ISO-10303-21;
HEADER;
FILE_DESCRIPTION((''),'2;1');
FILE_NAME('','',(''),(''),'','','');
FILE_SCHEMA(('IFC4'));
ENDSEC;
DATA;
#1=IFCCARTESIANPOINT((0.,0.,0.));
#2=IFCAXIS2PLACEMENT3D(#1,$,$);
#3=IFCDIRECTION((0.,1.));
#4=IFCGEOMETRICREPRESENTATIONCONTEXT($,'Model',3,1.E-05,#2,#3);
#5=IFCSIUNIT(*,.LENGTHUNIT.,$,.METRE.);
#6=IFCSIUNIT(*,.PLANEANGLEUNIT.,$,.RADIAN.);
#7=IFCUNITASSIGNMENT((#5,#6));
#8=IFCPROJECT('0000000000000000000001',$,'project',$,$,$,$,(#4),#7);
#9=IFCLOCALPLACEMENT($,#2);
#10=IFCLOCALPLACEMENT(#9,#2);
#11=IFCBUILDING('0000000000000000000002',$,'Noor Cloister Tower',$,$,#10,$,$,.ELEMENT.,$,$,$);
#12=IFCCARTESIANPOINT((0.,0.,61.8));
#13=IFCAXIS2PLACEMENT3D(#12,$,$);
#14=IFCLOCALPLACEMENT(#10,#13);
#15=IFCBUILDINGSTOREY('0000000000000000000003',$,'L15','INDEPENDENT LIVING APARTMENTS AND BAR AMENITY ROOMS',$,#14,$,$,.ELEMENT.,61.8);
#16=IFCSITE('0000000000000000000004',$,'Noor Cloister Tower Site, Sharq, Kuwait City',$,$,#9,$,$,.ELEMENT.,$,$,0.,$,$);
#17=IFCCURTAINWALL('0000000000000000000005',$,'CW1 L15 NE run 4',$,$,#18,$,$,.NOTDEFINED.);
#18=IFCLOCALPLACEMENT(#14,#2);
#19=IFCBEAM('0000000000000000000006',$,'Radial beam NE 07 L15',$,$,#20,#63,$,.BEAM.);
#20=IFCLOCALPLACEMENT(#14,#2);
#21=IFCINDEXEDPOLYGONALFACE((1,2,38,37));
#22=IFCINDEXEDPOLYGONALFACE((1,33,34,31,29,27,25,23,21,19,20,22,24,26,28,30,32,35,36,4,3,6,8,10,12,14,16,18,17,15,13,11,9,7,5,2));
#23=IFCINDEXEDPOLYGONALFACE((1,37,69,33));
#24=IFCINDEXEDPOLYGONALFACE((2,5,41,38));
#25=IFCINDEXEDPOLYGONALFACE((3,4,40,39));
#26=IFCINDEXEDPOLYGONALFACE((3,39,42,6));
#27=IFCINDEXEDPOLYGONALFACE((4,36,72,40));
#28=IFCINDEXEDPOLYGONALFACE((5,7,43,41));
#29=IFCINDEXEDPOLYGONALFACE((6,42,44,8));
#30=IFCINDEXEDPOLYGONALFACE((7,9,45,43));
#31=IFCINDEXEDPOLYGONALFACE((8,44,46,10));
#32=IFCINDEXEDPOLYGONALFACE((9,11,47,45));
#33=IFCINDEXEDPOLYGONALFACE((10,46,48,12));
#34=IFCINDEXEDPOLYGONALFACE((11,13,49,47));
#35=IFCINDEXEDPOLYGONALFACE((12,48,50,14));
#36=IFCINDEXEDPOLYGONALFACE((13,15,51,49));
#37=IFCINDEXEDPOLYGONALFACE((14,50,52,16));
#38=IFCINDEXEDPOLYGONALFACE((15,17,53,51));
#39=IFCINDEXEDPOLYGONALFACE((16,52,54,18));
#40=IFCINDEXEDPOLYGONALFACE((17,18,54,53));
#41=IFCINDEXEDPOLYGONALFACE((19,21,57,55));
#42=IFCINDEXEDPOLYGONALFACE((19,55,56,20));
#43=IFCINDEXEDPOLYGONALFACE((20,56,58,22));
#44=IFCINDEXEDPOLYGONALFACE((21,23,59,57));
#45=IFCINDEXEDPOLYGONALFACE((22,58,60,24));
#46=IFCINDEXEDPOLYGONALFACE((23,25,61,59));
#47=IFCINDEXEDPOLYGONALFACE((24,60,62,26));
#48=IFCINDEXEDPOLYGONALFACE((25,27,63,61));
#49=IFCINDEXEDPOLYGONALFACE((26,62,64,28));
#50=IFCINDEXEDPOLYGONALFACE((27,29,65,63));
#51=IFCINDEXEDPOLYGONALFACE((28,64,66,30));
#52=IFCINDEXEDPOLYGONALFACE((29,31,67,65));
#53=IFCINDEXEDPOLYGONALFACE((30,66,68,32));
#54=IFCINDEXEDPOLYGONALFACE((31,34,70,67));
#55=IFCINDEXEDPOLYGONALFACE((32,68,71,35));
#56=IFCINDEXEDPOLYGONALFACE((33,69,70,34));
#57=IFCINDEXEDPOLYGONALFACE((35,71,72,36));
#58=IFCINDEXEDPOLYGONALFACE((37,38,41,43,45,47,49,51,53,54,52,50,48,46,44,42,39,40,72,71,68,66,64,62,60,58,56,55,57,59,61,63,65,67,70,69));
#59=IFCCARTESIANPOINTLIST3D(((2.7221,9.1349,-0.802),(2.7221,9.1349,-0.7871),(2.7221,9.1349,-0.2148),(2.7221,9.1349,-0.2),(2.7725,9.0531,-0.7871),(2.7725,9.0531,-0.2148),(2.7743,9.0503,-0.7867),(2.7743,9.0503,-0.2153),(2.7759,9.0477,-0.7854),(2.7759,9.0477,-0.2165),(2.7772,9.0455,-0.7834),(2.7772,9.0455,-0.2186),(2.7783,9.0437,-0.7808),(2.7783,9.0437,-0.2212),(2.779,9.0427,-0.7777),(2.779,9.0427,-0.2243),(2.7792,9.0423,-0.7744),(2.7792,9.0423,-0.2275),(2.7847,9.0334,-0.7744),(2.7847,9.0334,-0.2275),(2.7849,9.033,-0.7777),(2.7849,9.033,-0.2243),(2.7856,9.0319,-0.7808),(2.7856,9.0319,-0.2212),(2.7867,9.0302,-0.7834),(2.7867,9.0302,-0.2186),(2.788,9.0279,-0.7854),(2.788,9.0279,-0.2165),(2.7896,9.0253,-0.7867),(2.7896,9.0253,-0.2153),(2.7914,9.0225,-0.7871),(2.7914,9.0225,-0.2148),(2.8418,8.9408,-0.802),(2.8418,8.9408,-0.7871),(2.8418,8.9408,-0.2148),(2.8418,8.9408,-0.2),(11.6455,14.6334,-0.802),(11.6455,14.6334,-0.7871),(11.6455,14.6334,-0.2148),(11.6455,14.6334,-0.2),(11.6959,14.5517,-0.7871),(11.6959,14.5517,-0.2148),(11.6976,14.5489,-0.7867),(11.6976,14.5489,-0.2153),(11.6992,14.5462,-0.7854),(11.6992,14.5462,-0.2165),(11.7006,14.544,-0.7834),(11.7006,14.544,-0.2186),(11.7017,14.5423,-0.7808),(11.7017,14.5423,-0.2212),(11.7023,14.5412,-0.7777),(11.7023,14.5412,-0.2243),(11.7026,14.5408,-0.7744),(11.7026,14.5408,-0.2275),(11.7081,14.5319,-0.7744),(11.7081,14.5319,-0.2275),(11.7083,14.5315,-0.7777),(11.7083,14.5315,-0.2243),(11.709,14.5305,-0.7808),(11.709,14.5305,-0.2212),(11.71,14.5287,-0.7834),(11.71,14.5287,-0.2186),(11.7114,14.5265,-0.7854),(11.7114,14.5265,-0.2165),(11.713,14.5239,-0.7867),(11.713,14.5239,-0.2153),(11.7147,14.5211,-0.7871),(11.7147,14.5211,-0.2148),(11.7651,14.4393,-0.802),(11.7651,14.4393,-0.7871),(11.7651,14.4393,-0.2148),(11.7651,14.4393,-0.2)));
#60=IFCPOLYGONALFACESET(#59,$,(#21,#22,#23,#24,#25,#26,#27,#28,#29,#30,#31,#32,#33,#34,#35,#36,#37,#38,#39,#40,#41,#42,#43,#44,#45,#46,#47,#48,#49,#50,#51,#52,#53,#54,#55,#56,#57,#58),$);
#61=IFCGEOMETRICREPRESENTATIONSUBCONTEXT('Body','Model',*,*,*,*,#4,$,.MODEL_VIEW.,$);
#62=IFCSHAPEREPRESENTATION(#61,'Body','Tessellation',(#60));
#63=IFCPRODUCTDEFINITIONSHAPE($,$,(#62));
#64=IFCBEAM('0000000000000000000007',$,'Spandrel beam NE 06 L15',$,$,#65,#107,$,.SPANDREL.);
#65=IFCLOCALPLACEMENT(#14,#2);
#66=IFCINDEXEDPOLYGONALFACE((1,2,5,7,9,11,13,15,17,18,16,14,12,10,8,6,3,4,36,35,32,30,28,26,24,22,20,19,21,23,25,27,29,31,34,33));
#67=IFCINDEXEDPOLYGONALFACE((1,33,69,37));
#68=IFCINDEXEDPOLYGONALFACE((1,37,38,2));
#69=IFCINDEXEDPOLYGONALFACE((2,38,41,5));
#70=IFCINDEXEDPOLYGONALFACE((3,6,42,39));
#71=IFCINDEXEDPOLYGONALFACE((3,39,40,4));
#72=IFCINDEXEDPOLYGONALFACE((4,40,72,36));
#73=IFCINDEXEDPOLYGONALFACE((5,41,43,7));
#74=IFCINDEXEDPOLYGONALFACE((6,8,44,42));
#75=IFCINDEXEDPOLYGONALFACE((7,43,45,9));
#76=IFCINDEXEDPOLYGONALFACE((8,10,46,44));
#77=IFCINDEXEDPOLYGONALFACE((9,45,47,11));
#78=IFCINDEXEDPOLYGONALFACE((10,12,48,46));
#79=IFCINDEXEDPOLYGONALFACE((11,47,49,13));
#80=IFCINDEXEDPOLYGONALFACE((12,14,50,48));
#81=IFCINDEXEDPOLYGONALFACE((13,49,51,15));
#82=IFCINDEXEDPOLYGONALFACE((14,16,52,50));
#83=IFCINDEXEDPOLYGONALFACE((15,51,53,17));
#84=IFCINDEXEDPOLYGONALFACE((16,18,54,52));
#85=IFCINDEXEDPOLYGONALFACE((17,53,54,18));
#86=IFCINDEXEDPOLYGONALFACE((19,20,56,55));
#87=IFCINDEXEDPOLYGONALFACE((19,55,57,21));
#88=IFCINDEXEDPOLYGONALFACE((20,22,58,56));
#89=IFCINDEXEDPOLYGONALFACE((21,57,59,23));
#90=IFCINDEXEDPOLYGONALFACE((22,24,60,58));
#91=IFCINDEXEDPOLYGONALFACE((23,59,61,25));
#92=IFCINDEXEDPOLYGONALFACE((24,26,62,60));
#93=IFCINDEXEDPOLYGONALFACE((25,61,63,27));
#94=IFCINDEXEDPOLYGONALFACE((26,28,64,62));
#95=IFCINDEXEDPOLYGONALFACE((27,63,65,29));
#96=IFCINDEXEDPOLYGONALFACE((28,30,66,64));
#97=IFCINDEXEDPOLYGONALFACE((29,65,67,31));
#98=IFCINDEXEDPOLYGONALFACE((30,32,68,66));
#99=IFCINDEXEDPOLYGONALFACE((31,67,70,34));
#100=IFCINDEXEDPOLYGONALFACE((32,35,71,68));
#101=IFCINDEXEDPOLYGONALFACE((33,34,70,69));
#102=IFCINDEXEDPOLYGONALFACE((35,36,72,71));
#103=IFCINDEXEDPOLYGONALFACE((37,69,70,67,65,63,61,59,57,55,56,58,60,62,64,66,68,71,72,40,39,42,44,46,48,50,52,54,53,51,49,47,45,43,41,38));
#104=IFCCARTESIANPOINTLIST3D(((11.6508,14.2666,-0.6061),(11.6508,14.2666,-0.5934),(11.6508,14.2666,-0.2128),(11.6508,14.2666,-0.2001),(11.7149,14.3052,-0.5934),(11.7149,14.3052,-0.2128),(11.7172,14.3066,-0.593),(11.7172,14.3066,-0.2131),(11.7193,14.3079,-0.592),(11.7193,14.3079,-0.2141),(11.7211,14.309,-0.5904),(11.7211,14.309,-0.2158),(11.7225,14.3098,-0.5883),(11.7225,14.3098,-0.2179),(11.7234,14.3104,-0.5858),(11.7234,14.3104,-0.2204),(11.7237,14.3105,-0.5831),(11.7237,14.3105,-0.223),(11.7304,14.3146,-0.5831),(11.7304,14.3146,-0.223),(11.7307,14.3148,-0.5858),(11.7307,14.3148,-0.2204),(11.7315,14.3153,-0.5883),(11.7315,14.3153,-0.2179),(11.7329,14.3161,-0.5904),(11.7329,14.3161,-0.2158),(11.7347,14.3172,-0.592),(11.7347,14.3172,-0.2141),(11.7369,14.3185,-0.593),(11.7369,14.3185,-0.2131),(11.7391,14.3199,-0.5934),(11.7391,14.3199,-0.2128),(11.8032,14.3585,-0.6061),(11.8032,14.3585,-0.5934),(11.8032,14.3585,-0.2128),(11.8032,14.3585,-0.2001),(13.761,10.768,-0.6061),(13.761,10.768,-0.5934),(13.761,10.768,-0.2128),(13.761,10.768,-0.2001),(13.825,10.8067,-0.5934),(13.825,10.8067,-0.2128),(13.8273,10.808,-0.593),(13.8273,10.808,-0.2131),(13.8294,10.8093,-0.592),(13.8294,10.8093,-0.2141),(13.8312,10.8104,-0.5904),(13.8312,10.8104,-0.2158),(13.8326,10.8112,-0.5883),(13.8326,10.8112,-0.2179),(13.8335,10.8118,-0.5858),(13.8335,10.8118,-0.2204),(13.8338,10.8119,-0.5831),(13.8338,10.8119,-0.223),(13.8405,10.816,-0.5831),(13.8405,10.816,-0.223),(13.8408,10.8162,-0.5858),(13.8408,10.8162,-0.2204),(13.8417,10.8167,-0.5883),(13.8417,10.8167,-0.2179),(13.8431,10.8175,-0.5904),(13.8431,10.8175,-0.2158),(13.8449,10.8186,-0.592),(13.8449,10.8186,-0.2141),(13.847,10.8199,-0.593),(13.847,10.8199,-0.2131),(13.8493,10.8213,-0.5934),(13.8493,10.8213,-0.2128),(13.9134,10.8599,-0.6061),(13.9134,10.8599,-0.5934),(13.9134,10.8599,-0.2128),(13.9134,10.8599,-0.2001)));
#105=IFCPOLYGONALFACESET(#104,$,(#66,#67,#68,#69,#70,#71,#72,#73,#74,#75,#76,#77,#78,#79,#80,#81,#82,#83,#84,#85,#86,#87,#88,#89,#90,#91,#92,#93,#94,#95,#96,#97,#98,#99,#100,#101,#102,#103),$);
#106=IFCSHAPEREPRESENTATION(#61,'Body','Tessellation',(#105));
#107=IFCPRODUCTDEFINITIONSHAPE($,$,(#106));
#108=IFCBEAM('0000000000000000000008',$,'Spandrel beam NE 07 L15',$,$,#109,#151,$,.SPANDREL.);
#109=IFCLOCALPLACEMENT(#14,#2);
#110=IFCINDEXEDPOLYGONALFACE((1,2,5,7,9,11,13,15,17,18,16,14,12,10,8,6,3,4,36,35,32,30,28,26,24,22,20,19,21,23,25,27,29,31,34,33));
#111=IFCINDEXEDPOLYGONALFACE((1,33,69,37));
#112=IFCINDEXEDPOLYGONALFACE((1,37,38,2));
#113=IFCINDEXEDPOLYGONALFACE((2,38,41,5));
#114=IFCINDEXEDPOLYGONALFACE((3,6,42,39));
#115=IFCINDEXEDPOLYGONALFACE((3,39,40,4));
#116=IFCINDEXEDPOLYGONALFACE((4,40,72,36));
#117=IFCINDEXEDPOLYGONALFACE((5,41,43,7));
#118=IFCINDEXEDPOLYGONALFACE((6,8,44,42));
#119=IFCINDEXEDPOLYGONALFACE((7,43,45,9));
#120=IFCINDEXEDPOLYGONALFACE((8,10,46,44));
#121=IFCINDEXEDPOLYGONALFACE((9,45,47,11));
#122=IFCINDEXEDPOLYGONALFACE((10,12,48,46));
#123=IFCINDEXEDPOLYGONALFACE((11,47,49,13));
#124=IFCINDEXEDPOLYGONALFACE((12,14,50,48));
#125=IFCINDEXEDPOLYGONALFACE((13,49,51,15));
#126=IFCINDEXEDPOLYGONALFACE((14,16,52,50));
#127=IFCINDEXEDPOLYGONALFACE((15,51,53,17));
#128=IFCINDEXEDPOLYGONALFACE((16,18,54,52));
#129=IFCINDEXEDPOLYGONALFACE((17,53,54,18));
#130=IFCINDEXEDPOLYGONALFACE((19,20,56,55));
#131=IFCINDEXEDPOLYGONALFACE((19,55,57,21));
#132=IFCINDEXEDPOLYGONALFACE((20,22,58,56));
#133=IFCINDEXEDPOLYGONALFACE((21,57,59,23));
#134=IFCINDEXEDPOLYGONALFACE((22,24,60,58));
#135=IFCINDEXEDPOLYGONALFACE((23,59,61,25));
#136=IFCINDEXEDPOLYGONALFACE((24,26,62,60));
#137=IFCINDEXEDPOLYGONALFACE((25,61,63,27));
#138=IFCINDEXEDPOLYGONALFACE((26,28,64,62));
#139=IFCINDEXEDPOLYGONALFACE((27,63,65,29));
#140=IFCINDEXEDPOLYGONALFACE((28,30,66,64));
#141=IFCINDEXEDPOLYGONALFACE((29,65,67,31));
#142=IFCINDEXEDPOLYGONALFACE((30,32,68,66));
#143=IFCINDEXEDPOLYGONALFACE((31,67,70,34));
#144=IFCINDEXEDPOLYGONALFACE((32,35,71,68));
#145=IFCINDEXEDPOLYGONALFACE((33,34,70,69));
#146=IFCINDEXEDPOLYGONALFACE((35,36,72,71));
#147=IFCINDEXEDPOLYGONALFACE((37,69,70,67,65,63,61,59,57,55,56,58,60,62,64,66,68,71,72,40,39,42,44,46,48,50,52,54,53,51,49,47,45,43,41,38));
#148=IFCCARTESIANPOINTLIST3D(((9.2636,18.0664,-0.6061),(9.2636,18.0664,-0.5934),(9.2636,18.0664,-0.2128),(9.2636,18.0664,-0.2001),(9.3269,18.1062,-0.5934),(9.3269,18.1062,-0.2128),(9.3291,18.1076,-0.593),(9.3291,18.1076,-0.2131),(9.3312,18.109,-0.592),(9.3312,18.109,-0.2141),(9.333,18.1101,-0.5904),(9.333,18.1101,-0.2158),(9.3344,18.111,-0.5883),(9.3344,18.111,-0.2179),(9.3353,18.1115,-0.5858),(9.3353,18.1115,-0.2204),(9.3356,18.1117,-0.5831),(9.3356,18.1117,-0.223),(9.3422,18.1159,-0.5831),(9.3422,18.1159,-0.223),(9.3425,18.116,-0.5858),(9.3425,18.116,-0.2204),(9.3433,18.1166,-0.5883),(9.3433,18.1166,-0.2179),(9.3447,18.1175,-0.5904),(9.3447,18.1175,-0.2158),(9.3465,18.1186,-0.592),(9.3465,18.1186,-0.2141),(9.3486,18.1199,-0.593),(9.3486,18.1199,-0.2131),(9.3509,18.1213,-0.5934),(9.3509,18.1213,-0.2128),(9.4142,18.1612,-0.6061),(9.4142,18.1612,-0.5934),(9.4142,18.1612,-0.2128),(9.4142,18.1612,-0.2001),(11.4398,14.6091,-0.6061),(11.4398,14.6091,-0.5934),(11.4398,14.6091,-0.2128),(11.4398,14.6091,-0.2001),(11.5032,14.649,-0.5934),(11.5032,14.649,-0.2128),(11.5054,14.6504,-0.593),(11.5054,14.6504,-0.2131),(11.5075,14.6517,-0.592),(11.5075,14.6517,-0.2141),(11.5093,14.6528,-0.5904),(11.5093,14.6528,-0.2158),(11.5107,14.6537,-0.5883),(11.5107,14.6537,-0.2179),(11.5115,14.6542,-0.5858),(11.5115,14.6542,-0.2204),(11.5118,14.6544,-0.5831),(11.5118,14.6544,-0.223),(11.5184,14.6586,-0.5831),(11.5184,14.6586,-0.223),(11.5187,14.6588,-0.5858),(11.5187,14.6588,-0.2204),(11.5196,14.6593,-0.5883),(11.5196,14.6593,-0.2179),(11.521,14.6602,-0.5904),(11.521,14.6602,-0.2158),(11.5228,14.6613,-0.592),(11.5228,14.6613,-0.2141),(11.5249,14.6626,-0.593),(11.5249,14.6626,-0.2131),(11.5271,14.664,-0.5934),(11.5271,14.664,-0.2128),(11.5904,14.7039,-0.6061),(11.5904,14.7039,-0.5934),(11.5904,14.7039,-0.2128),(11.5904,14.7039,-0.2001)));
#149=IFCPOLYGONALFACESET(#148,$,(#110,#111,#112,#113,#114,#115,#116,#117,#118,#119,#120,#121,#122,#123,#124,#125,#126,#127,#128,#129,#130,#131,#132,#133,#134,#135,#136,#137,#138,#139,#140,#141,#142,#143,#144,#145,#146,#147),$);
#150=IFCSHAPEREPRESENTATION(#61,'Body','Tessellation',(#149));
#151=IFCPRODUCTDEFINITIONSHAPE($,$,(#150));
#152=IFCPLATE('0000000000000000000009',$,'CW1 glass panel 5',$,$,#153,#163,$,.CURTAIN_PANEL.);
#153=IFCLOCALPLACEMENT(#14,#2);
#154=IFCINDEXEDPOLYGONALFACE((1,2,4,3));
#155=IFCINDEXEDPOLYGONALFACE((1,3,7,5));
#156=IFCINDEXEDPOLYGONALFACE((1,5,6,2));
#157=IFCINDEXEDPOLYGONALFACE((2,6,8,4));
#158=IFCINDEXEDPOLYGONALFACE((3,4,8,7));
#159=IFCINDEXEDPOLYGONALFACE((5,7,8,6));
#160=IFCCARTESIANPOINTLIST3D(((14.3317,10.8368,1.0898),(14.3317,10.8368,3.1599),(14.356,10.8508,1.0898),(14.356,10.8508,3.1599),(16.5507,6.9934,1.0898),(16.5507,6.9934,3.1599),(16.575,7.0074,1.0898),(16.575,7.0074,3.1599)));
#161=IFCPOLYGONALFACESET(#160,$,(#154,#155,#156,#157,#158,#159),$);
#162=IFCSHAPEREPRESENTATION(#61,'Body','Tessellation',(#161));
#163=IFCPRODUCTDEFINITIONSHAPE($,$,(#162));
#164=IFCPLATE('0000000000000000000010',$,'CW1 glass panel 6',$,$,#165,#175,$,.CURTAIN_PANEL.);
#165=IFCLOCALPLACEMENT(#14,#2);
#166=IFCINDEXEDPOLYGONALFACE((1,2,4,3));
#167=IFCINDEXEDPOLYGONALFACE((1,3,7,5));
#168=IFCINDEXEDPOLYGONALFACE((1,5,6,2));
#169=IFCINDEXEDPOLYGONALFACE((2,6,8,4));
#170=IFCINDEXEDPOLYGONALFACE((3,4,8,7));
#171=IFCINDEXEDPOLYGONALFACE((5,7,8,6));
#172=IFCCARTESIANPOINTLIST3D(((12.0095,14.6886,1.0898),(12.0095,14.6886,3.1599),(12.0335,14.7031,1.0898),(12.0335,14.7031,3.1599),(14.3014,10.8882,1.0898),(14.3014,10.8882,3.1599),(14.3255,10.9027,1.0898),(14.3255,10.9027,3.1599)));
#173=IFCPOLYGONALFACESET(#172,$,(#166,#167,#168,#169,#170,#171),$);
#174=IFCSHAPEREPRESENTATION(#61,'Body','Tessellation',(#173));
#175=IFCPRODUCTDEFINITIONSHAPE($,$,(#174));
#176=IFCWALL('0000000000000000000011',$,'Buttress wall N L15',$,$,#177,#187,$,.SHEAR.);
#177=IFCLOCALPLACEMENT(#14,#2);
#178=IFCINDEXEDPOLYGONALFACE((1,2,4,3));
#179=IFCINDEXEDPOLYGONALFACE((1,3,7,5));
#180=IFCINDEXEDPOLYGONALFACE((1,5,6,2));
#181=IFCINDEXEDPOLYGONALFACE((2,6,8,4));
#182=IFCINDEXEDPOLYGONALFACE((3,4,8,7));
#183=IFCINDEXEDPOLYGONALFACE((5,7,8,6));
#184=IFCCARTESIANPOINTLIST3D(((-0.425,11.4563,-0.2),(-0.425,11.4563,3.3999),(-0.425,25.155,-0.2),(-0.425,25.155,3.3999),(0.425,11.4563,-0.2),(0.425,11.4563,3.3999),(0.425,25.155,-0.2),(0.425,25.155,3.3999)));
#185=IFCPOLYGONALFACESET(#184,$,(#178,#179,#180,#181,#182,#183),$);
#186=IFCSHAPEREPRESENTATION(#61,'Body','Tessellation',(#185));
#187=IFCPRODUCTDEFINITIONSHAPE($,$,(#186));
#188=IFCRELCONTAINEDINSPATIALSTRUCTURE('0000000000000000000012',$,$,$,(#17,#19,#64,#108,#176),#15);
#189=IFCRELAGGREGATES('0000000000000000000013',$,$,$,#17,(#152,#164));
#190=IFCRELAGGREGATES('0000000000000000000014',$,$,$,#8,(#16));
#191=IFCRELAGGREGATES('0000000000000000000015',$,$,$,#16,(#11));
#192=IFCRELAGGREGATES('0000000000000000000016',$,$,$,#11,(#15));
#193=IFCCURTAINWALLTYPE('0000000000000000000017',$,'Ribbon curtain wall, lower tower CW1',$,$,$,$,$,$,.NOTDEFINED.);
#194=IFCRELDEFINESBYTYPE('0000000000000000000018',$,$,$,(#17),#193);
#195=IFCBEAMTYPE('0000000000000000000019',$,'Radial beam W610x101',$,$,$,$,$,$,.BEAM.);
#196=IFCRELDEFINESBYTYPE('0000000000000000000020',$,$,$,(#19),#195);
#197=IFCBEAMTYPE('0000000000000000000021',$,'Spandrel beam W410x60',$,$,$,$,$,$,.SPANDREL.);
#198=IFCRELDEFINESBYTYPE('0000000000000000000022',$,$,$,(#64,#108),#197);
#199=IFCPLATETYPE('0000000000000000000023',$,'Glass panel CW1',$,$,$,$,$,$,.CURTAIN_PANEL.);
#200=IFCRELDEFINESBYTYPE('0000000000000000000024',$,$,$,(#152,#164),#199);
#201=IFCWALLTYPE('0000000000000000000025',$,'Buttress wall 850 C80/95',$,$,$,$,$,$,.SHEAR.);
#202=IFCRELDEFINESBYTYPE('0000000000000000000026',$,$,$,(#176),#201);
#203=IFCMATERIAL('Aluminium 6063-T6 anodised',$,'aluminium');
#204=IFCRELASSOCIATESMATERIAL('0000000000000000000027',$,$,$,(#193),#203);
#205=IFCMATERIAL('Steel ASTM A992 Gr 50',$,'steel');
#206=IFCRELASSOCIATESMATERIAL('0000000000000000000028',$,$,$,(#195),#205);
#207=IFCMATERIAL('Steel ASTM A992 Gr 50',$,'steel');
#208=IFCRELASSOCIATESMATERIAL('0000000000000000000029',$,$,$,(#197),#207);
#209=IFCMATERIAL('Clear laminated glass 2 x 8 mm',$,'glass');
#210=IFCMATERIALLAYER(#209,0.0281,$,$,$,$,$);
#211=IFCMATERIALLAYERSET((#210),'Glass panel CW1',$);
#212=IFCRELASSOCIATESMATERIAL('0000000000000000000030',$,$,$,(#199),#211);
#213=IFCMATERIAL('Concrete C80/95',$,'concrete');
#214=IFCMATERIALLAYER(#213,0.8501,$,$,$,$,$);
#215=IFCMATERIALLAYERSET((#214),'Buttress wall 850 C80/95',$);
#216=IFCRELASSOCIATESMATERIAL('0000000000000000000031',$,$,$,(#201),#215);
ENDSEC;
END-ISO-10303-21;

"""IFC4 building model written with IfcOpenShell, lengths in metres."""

from ifc_helpers import new_model, si_unit, direction, frame, frame_2d, origin, origin_2d, place, context, subcontext, project, spatial, rectangle, i_section, extrude, material, layer, layer_set, material_profile, profile_set, type_object, element, aggregate, save


model = new_model("IFC4")

# Units and contexts
model_context = context("Model", 3, precision=1e-05, world=origin(), true_north=direction((0.0, 1.0)))
body_context = subcontext(model_context, "Body", "Model", "MODEL_VIEW")
ifc_project = project(units=[si_unit("LENGTHUNIT", "METRE"), si_unit("PLANEANGLEUNIT", "RADIAN")], contexts=[model_context])

# Site, building, storey
site_placement = place(None, origin())
site = spatial("IfcSite", under=ifc_project, at=site_placement, Name="Noor Cloister Tower Site, Sharq, Kuwait City", CompositionType="ELEMENT", RefElevation=0.0)
building_placement = place(site_placement, origin())
building = spatial("IfcBuilding", under=site, at=building_placement, Name="Noor Cloister Tower", CompositionType="ELEMENT")
storey_placement = place(building_placement, frame((0.0, 0.0, 61.8)))
storey = spatial("IfcBuildingStorey", under=building, at=storey_placement, Name="L15", Description="INDEPENDENT LIVING APARTMENTS AND BAR AMENITY ROOMS", CompositionType="ELEMENT", Elevation=61.8)

# Curtain wall
ifc_material_1 = material(Name="Aluminium 6063-T6 anodised", Category="aluminium")
curtain_wall_type = type_object("IfcCurtainWallType", Name="Ribbon curtain wall, lower tower CW1", PredefinedType="NOTDEFINED", material=ifc_material_1)
curtain_wall_placement = place(storey_placement, origin())
curtain_wall = element("IfcCurtainWall", 1, at=curtain_wall_placement, inside=storey, type_object=curtain_wall_type, Name="CW1 L15 NE run 4", PredefinedType="NOTDEFINED")

# Beams
ifc_material_2 = material(Name="Steel ASTM A992 Gr 50", Category="steel")
ifc_material_profile_1 = material_profile(ifc_material_2, i_section(OverallWidth=0.228, OverallDepth=0.6021, WebThickness=0.0105, FlangeThickness=0.0149, FilletRadius=0.0127, at=origin_2d()), Name="W610x101")
ifc_profile_set_1 = profile_set([ifc_material_profile_1], Name="Steel ASTM A992 Gr 50")
beam_type_1 = type_object("IfcBeamType", Name="Radial beam W610x101", PredefinedType="BEAM", material=ifc_profile_set_1)
beam_1_placement = place(storey_placement, frame((11.7053, 14.5364, -0.501), z_axis=(-0.851349, -0.524599, 0.0), x_axis=(0.524599, -0.851349, 0.0)))
element("IfcBeam", 2, at=beam_1_placement, inside=storey, type_object=beam_type_1, Name="Radial beam NE 07 L15", PredefinedType="BEAM", context=body_context, shape_type="SweptSolid", body=[
    extrude(i_section(OverallWidth=0.228, OverallDepth=0.6021, WebThickness=0.0105, FlangeThickness=0.0149, FilletRadius=0.0127, at=origin_2d()), origin(), (0.0, 0.0, 1.0), 10.4814),
])
ifc_material_3 = material(Name="Steel ASTM A992 Gr 50", Category="steel")
ifc_material_profile_2 = material_profile(ifc_material_3, i_section(OverallWidth=0.178, OverallDepth=0.406, WebThickness=0.0078, FlangeThickness=0.0127, FilletRadius=0.0103, at=origin_2d()), Name="W410x60")
ifc_profile_set_2 = profile_set([ifc_material_profile_2], Name="Steel ASTM A992 Gr 50")
beam_type_2 = type_object("IfcBeamType", Name="Spandrel beam W410x60", PredefinedType="SPANDREL", material=ifc_profile_set_2)
beam_2_placement = place(storey_placement, frame((13.8372, 10.814, -0.4031), z_axis=(-0.516472, 0.856304, 0.0), x_axis=(-0.856304, -0.516472, 0.0)))
element("IfcBeam", 3, at=beam_2_placement, inside=storey, type_object=beam_type_2, Name="Spandrel beam NE 06 L15", PredefinedType="SPANDREL", context=body_context, shape_type="SweptSolid", body=[
    extrude(i_section(OverallWidth=0.178, OverallDepth=0.406, WebThickness=0.0078, FlangeThickness=0.0127, FilletRadius=0.0103, at=origin_2d()), origin(), (0.0, 0.0, 1.0), 4.0857),
])
beam_3_placement = place(storey_placement, frame((11.5151, 14.6565, -0.4031), z_axis=(-0.53272, 0.846292, 0.0), x_axis=(-0.846292, -0.53272, 0.0)))
element("IfcBeam", 4, at=beam_3_placement, inside=storey, type_object=beam_type_2, Name="Spandrel beam NE 07 L15", PredefinedType="SPANDREL", context=body_context, shape_type="SweptSolid", body=[
    extrude(i_section(OverallWidth=0.178, OverallDepth=0.406, WebThickness=0.0078, FlangeThickness=0.0127, FilletRadius=0.0103, at=origin_2d()), origin(), (0.0, 0.0, 1.0), 4.0852),
])

# Plates
ifc_material_4 = material(Name="Clear laminated glass 2 x 8 mm", Category="glass")
ifc_layer_1 = layer(ifc_material_4, 0.0281)
ifc_layer_set_1 = layer_set([ifc_layer_1], Name="Glass panel CW1")
plate_type = type_object("IfcPlateType", Name="Glass panel CW1", PredefinedType="CURTAIN_PANEL", material=ifc_layer_set_1)
plate_1_placement = place(storey_placement, frame((15.4534, 8.9221, 1.0898), z_axis=(0.0, 0.0, 1.0), x_axis=(-0.5, 0.866025, 0.0)))
plate_1 = element("IfcPlate", 5, at=plate_1_placement, type_object=plate_type, Name="CW1 glass panel 5", PredefinedType="CURTAIN_PANEL", context=body_context, shape_type="SweptSolid", body=[
    extrude(rectangle(XDim=4.438, YDim=0.0281, at=origin_2d()), origin(), (0.0, 0.0, 1.0), 2.0701),
])
plate_2_placement = place(storey_placement, frame((13.1675, 12.7957, 1.0898), z_axis=(0.0, 0.0, 1.0), x_axis=(-0.516446, 0.85632, 0.0)))
plate_2 = element("IfcPlate", 6, at=plate_2_placement, type_object=plate_type, Name="CW1 glass panel 6", PredefinedType="CURTAIN_PANEL", context=body_context, shape_type="SweptSolid", body=[
    extrude(rectangle(XDim=4.438, YDim=0.0281, at=origin_2d()), origin(), (0.0, 0.0, 1.0), 2.0701),
])
aggregate(curtain_wall, [plate_1, plate_2])

# Wall
ifc_material_5 = material(Name="Concrete C80/95", Category="concrete")
ifc_layer_2 = layer(ifc_material_5, 0.8501)
ifc_layer_set_2 = layer_set([ifc_layer_2], Name="Buttress wall 850 C80/95")
wall_type_1 = type_object("IfcWallType", Name="Buttress wall 850 C80/95", PredefinedType="SHEAR", material=ifc_layer_set_2)
wall_1_placement = place(storey_placement, frame((0.0, 11.4563, -0.2), z_axis=(0.0, 0.0, 1.0), x_axis=(0.0, 1.0, 0.0)))
element("IfcWall", 7, at=wall_1_placement, inside=storey, type_object=wall_type_1, Name="Buttress wall N L15", PredefinedType="SHEAR", context=body_context, shape_type="SweptSolid", body=[
    extrude(rectangle(XDim=13.6987, YDim=0.8501, at=frame_2d((6.8494, 0.0))), origin(), (0.0, 0.0, 1.0), 3.5999),
])

save(model, "model.ifc")
